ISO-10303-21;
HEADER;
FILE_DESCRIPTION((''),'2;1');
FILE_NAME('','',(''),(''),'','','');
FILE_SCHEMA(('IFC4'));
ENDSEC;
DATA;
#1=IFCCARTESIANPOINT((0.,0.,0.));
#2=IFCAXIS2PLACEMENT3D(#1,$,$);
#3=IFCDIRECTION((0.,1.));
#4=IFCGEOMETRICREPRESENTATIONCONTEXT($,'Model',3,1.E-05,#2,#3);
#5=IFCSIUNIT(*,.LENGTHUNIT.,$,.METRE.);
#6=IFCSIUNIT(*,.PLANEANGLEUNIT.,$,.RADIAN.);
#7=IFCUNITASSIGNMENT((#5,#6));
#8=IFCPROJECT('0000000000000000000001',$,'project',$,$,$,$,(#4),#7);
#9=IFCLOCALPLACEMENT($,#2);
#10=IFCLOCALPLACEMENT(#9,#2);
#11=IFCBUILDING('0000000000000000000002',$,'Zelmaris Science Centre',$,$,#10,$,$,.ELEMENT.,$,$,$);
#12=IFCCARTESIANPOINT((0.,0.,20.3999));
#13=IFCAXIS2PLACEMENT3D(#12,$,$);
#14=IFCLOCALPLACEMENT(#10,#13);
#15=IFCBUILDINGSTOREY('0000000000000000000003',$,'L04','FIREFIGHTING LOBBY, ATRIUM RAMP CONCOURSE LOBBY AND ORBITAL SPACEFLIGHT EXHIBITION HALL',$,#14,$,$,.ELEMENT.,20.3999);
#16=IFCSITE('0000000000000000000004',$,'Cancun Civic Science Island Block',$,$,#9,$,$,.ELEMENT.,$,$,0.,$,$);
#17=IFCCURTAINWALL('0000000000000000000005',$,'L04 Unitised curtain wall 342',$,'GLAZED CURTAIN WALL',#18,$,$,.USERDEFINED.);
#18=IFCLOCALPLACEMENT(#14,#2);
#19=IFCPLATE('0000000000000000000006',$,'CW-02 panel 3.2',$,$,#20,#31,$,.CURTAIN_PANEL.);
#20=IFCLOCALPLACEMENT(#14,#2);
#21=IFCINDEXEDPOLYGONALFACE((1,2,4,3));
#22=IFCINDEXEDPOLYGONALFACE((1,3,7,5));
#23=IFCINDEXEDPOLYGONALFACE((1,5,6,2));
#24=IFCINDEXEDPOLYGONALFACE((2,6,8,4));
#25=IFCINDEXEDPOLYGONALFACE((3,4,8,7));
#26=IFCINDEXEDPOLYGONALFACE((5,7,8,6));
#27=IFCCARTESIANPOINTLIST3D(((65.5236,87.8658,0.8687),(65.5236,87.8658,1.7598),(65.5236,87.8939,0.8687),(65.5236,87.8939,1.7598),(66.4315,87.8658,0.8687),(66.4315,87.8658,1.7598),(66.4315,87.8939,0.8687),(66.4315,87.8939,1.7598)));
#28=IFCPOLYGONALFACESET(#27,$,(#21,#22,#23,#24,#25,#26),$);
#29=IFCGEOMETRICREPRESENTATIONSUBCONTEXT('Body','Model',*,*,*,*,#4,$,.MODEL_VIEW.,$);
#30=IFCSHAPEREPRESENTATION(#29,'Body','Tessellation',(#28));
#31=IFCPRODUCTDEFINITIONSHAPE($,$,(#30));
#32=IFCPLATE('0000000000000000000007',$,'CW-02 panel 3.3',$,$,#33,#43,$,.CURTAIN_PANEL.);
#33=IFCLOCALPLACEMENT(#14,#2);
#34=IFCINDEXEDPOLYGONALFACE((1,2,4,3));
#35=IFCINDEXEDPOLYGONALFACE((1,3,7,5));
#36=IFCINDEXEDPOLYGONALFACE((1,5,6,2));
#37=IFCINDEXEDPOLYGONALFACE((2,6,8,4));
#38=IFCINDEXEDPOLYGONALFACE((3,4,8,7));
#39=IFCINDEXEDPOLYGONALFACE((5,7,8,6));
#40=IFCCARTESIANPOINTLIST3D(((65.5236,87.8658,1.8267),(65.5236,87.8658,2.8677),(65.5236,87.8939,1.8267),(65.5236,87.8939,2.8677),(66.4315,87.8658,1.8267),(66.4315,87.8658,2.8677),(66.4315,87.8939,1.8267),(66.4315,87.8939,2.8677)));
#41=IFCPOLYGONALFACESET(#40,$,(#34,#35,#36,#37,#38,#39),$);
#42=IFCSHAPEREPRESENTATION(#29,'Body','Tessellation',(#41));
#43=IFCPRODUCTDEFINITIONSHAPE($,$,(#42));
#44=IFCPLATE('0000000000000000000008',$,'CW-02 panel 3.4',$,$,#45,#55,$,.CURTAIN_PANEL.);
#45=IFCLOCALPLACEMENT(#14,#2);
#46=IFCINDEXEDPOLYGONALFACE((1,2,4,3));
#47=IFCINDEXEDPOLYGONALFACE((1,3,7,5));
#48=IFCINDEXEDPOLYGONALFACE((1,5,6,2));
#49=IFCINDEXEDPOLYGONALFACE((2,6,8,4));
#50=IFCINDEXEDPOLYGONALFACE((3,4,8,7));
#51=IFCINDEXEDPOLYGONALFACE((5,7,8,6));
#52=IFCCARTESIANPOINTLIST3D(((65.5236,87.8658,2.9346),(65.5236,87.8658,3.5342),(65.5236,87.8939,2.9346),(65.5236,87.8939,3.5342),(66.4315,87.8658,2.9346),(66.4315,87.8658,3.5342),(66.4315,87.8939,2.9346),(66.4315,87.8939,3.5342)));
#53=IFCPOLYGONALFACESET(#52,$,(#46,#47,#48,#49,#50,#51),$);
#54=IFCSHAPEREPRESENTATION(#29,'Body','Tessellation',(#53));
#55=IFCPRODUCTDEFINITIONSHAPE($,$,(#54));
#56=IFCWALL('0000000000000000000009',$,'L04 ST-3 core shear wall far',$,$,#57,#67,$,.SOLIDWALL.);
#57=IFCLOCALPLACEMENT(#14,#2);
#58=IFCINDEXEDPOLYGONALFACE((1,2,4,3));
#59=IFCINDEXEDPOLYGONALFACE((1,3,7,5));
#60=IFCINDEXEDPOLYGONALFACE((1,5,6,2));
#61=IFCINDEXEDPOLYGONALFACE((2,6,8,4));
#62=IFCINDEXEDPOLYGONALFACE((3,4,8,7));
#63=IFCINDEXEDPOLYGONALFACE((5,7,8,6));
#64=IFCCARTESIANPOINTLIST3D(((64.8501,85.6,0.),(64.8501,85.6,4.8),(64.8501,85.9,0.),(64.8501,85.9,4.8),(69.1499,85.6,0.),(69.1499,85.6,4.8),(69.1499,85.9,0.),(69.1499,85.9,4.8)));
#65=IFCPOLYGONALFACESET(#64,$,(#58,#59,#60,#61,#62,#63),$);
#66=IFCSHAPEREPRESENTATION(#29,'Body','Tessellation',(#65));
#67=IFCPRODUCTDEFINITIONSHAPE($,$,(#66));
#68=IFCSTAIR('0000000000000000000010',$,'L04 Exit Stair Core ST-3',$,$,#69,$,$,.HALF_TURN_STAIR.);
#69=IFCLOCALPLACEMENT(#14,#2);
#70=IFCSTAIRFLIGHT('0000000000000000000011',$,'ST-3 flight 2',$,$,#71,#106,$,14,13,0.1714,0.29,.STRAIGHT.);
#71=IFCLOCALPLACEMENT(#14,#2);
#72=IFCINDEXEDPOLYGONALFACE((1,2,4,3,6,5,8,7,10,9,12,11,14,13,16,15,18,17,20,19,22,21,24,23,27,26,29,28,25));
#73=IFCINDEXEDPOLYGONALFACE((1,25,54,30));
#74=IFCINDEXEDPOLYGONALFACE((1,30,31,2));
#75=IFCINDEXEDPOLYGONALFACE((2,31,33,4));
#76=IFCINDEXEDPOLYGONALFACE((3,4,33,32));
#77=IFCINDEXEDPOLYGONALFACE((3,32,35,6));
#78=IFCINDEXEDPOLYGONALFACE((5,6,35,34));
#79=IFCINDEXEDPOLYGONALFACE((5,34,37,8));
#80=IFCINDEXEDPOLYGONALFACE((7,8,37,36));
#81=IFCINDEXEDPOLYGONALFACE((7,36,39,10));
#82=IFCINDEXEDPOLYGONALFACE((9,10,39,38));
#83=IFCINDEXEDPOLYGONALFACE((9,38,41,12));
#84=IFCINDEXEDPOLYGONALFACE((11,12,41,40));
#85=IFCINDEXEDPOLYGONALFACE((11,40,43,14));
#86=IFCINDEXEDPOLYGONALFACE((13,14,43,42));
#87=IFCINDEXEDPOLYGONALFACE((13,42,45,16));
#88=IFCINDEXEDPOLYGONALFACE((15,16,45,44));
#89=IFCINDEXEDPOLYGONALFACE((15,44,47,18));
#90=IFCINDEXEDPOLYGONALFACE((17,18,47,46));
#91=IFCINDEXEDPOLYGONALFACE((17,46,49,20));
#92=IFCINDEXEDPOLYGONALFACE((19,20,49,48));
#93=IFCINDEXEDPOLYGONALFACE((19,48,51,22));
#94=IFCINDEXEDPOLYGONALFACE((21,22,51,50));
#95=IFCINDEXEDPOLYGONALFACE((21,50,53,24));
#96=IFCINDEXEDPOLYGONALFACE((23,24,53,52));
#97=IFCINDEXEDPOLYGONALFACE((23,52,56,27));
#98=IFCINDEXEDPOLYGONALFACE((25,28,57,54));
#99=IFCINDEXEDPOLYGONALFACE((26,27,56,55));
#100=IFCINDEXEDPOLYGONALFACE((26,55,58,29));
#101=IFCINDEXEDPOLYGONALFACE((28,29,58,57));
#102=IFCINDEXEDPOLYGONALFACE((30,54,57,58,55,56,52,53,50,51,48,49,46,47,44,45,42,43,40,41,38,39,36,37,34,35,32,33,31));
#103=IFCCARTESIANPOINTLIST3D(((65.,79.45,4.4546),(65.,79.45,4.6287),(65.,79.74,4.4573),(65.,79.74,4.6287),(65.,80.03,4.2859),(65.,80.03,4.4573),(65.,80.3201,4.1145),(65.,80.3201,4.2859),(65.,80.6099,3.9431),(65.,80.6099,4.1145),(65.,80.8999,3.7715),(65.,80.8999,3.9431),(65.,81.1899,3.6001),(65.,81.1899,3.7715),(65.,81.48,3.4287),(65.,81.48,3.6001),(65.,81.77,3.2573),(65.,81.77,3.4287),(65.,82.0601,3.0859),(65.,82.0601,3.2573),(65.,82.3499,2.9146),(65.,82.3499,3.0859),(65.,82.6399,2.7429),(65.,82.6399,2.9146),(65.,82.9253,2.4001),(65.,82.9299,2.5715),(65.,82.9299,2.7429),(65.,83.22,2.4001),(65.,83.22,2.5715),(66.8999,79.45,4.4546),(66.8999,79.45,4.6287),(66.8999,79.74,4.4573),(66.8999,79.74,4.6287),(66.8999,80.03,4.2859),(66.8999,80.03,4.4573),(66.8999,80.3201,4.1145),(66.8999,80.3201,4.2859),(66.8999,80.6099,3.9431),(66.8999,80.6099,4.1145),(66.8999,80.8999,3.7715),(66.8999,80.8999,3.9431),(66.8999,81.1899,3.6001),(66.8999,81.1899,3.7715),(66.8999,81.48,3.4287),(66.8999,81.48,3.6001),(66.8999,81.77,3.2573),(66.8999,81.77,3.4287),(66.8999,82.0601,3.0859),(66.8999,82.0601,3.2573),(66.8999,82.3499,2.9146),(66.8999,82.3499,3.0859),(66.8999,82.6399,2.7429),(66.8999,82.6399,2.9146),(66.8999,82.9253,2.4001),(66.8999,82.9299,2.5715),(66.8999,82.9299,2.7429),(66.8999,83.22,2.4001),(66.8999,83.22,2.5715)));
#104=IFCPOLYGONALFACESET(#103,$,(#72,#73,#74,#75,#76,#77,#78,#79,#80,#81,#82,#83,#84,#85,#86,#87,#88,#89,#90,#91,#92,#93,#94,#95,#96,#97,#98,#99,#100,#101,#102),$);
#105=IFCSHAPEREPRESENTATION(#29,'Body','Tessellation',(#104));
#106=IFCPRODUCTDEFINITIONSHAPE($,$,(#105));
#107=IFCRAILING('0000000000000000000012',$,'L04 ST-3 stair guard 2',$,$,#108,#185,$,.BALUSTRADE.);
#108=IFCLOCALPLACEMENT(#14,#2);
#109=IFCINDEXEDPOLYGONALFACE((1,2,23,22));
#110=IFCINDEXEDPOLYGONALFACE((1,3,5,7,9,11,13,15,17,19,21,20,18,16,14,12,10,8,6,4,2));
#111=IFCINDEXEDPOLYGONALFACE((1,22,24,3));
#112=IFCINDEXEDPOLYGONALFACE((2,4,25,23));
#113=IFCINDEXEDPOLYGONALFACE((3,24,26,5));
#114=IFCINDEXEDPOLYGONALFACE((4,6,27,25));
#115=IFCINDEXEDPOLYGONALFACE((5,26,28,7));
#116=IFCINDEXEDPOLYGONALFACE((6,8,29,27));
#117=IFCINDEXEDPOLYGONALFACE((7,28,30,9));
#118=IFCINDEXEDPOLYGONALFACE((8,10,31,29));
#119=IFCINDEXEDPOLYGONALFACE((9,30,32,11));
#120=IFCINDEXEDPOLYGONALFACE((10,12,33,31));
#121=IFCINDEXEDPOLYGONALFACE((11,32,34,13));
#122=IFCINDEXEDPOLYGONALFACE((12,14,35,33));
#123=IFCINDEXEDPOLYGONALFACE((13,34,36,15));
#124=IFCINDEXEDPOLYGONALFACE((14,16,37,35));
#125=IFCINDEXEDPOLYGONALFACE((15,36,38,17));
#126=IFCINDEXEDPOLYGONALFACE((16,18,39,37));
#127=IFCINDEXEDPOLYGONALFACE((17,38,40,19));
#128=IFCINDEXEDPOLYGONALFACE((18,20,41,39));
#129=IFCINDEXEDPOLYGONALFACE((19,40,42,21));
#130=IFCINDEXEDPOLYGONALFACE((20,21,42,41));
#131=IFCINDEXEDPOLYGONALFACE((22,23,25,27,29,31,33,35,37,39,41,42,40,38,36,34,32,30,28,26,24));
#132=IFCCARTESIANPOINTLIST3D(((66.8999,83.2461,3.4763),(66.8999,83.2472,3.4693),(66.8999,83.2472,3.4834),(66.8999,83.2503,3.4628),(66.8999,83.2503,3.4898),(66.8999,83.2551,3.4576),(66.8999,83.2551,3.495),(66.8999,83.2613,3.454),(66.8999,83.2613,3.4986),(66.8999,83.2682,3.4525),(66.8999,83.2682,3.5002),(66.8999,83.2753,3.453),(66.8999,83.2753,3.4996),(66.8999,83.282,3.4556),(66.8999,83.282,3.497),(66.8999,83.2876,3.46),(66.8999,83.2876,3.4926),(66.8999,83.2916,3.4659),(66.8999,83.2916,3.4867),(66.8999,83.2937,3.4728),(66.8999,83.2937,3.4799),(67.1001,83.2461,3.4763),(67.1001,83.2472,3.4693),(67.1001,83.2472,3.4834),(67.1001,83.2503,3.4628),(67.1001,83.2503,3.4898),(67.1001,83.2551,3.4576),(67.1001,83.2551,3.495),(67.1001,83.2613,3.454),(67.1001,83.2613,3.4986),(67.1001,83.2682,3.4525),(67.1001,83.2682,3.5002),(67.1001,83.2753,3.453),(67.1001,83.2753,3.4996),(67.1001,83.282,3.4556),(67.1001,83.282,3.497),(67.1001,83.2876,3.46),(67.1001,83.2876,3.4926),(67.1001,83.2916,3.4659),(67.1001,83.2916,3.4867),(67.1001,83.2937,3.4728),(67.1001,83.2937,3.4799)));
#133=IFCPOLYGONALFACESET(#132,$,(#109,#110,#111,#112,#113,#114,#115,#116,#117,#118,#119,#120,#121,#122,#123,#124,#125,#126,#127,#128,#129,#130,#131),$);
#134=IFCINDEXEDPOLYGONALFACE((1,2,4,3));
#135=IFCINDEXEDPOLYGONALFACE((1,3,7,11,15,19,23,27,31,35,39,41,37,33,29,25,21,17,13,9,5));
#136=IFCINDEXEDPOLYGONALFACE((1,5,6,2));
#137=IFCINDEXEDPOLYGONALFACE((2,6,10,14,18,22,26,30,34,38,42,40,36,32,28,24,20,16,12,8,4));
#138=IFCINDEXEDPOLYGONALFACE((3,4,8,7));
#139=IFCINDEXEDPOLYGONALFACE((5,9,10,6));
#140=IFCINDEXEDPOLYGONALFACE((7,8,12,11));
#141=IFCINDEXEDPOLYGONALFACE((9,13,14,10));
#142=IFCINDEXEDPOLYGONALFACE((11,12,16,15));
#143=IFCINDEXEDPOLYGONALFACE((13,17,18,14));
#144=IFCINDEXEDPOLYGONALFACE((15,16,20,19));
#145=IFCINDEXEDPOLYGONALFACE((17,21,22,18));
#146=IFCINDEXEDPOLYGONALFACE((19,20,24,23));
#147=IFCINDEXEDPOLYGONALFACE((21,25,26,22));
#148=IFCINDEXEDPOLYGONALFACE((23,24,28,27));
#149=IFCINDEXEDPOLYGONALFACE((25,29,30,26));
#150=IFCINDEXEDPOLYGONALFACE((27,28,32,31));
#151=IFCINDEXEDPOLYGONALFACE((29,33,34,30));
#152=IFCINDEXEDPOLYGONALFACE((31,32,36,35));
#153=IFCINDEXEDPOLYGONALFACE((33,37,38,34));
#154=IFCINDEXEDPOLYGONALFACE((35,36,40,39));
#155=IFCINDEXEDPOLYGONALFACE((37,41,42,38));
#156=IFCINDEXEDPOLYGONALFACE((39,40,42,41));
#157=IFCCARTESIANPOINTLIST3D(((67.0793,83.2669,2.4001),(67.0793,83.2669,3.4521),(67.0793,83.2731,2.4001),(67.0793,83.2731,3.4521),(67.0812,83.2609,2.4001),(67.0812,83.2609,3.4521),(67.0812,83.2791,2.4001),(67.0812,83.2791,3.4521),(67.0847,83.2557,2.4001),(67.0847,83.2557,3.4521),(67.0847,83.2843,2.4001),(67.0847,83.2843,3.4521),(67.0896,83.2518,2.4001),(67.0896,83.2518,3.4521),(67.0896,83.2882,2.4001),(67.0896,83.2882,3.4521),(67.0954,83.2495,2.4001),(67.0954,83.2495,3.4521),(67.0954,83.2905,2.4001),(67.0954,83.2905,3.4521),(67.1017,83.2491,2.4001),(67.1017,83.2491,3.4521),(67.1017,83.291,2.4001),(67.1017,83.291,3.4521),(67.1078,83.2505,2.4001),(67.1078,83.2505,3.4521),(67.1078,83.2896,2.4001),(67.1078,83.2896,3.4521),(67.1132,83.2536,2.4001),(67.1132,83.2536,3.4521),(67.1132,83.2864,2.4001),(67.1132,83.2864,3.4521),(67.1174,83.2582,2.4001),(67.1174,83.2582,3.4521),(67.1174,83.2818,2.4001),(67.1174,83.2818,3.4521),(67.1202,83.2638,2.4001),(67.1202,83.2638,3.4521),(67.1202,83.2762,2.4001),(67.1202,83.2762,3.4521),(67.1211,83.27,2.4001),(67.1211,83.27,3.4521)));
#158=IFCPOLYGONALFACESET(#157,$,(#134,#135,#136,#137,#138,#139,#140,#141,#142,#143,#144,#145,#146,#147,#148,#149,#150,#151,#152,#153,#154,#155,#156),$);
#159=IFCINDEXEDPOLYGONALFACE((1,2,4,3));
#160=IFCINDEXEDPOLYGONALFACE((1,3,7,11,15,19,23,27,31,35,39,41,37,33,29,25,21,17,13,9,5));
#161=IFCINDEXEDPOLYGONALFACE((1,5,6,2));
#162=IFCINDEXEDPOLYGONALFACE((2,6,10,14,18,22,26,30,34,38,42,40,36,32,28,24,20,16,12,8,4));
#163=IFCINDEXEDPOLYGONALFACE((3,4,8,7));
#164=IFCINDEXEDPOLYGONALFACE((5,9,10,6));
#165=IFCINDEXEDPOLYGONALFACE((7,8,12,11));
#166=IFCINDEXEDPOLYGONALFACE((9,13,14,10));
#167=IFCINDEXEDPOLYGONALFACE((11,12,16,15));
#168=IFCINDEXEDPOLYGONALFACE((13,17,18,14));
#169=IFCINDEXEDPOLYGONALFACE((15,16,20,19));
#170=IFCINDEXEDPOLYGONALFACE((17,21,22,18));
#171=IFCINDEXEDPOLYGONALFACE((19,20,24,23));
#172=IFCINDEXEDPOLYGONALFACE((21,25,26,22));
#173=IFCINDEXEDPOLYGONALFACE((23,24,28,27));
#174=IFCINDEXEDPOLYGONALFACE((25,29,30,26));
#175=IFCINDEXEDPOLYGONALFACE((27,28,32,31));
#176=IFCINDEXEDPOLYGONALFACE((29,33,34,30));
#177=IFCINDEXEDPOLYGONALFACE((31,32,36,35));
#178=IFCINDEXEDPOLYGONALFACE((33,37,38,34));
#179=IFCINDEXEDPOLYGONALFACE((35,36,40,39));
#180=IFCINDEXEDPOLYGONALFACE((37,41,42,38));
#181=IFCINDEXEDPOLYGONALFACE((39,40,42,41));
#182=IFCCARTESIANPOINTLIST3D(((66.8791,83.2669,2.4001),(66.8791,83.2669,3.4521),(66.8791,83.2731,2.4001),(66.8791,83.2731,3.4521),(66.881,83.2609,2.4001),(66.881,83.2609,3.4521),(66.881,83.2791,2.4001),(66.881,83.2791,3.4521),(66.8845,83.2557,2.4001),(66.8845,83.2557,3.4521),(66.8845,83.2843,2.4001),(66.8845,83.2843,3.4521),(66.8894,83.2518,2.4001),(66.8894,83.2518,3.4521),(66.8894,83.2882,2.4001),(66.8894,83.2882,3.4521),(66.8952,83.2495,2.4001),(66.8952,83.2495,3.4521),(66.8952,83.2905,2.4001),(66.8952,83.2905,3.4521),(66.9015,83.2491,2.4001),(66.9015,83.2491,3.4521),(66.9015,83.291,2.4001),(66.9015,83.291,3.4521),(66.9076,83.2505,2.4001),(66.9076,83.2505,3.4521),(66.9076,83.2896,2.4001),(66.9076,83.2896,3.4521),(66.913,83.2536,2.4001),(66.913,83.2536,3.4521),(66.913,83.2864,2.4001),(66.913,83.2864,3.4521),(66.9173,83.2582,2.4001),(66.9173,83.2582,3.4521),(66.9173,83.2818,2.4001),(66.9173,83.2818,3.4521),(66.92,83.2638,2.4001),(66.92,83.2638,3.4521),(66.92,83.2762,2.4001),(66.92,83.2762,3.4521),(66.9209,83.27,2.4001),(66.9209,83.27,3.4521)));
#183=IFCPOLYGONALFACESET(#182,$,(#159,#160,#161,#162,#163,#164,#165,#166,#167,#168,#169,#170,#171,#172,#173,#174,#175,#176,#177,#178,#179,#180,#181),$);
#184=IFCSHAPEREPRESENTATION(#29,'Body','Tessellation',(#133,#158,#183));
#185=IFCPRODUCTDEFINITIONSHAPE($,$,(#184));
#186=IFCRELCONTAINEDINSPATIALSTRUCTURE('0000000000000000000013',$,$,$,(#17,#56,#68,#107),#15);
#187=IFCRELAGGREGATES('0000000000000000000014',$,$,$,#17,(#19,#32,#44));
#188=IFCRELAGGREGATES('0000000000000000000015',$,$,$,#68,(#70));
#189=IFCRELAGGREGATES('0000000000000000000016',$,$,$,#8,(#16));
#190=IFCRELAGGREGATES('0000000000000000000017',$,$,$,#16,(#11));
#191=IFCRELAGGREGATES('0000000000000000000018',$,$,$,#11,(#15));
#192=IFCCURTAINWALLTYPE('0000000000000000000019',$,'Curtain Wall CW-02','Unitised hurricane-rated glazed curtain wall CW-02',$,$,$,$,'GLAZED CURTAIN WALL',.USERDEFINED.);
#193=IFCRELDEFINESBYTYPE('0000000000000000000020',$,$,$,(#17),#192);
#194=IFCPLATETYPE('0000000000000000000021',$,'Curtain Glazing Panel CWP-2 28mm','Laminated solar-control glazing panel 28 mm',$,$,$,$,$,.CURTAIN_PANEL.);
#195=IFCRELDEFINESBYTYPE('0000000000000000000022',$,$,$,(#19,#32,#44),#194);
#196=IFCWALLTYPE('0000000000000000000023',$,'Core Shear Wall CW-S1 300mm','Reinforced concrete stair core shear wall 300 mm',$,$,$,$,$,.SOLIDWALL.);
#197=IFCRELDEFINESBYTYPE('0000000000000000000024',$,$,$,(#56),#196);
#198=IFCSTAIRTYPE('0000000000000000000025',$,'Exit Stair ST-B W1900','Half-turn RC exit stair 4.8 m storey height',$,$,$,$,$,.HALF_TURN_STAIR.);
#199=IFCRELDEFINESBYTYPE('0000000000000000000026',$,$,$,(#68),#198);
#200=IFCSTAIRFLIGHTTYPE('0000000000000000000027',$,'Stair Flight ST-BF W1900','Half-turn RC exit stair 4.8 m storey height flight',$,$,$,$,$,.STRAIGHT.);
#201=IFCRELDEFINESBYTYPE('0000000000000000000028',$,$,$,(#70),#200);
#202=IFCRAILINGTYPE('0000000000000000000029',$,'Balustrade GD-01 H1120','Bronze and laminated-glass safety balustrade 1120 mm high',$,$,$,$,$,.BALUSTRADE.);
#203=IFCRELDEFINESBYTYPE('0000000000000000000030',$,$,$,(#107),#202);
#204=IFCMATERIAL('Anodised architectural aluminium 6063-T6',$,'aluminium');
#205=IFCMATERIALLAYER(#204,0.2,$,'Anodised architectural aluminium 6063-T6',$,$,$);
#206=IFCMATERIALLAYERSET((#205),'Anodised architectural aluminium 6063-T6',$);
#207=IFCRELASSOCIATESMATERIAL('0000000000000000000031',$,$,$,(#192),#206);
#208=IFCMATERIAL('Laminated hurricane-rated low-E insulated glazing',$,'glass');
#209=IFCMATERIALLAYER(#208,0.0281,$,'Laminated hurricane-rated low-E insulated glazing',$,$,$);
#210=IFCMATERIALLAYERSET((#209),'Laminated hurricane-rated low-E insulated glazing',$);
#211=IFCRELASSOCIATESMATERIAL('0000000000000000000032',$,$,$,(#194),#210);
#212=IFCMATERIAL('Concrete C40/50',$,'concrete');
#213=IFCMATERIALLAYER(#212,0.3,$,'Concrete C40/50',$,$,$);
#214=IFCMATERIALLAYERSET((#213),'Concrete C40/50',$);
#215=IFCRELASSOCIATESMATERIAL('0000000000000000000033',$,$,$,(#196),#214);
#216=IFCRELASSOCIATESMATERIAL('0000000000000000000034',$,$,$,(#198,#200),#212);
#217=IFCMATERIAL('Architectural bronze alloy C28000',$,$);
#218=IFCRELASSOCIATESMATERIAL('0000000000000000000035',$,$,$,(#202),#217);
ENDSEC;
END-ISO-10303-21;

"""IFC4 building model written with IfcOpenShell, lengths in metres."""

from ifc_helpers import new_model, si_unit, direction, frame, frame_2d, origin, origin_2d, place, context, subcontext, project, spatial, polyline, rectangle, circle, outline, extrude, material, layer, layer_set, type_object, element, aggregate, save


model = new_model("IFC4")

# Units and contexts
model_context = context("Model", 3, precision=1e-05, world=origin(), true_north=direction((0.0, 1.0)))
body_context = subcontext(model_context, "Body", "Model", "MODEL_VIEW")
ifc_project = project(units=[si_unit("LENGTHUNIT", "METRE"), si_unit("PLANEANGLEUNIT", "RADIAN")], contexts=[model_context])

# Site, building, storey
site_placement = place(None, origin())
site = spatial("IfcSite", under=ifc_project, at=site_placement, Name="Cancun Civic Science Island Block", CompositionType="ELEMENT", RefElevation=0.0)
building_placement = place(site_placement, origin())
building = spatial("IfcBuilding", under=site, at=building_placement, Name="Zelmaris Science Centre", CompositionType="ELEMENT")
storey_placement = place(building_placement, frame((0.0, 0.0, 20.3999)))
storey = spatial("IfcBuildingStorey", under=building, at=storey_placement, Name="L04", Description="FIREFIGHTING LOBBY, ATRIUM RAMP CONCOURSE LOBBY AND ORBITAL SPACEFLIGHT EXHIBITION HALL", CompositionType="ELEMENT", Elevation=20.3999)

# Curtain wall
ifc_material_1 = material(Name="Anodised architectural aluminium 6063-T6", Category="aluminium")
ifc_layer_1 = layer(ifc_material_1, 0.2, Name="Anodised architectural aluminium 6063-T6")
ifc_layer_set_1 = layer_set([ifc_layer_1], Name="Anodised architectural aluminium 6063-T6")
curtain_wall_type_1 = type_object("IfcCurtainWallType", Name="Curtain Wall CW-02", Description="Unitised hurricane-rated glazed curtain wall CW-02", ElementType="GLAZED CURTAIN WALL", PredefinedType="USERDEFINED", material=ifc_layer_set_1)
curtain_wall_1_placement = place(storey_placement, origin())
curtain_wall_1 = element("IfcCurtainWall", 1, at=curtain_wall_1_placement, inside=storey, type_object=curtain_wall_type_1, Name="L04 Unitised curtain wall 342", ObjectType="GLAZED CURTAIN WALL", PredefinedType="USERDEFINED")

# Plates
ifc_material_2 = material(Name="Laminated hurricane-rated low-E insulated glazing", Category="glass")
ifc_layer_2 = layer(ifc_material_2, 0.0281, Name="Laminated hurricane-rated low-E insulated glazing")
ifc_layer_set_2 = layer_set([ifc_layer_2], Name="Laminated hurricane-rated low-E insulated glazing")
plate_type = type_object("IfcPlateType", Name="Curtain Glazing Panel CWP-2 28mm", Description="Laminated solar-control glazing panel 28 mm", PredefinedType="CURTAIN_PANEL", material=ifc_layer_set_2)
plate_1_placement = place(storey_placement, frame((65.9775, 87.8799, 0.8687), z_axis=(0.0, 0.0, 1.0), x_axis=(1.0, 0.0, 0.0)))
plate_1 = element("IfcPlate", 2, at=plate_1_placement, type_object=plate_type, Name="CW-02 panel 3.2", PredefinedType="CURTAIN_PANEL", context=body_context, shape_type="SweptSolid", body=[
    extrude(rectangle(XDim=0.908, YDim=0.0281, at=origin_2d()), origin(), (0.0, 0.0, 1.0), 0.8911),
])
plate_2_placement = place(storey_placement, frame((65.9775, 87.8799, 1.8267), z_axis=(0.0, 0.0, 1.0), x_axis=(1.0, 0.0, 0.0)))
plate_2 = element("IfcPlate", 3, at=plate_2_placement, type_object=plate_type, Name="CW-02 panel 3.3", PredefinedType="CURTAIN_PANEL", context=body_context, shape_type="SweptSolid", body=[
    extrude(rectangle(XDim=0.908, YDim=0.0281, at=origin_2d()), origin(), (0.0, 0.0, 1.0), 1.041),
])
plate_3_placement = place(storey_placement, frame((65.9775, 87.8799, 2.9346), z_axis=(0.0, 0.0, 1.0), x_axis=(1.0, 0.0, 0.0)))
plate_3 = element("IfcPlate", 4, at=plate_3_placement, type_object=plate_type, Name="CW-02 panel 3.4", PredefinedType="CURTAIN_PANEL", context=body_context, shape_type="SweptSolid", body=[
    extrude(rectangle(XDim=0.908, YDim=0.0281, at=origin_2d()), origin(), (0.0, 0.0, 1.0), 0.5996),
])
aggregate(curtain_wall_1, [plate_1, plate_2, plate_3])

# Wall
ifc_material_3 = material(Name="Concrete C40/50", Category="concrete")
ifc_layer_3 = layer(ifc_material_3, 0.3, Name="Concrete C40/50")
ifc_layer_set_3 = layer_set([ifc_layer_3], Name="Concrete C40/50")
wall_type = type_object("IfcWallType", Name="Core Shear Wall CW-S1 300mm", Description="Reinforced concrete stair core shear wall 300 mm", PredefinedType="SOLIDWALL", material=ifc_layer_set_3)
wall_placement = place(storey_placement, frame((69.1499, 85.75, 0.0), z_axis=(0.0, 0.0, 1.0), x_axis=(-1.0, 0.0, 0.0)))
element("IfcWall", 5, at=wall_placement, inside=storey, type_object=wall_type, Name="L04 ST-3 core shear wall far", PredefinedType="SOLIDWALL", context=body_context, shape_type="SweptSolid", body=[
    extrude(rectangle(XDim=4.2998, YDim=0.3, at=frame_2d((2.1499, 0.0))), origin(), (0.0, 0.0, 1.0), 4.8),
])

# Stair, stair flight
stair_type = type_object("IfcStairType", Name="Exit Stair ST-B W1900", Description="Half-turn RC exit stair 4.8 m storey height", PredefinedType="HALF_TURN_STAIR", material=ifc_material_3)
stair_placement = place(storey_placement, origin())
stair = element("IfcStair", 6, at=stair_placement, inside=storey, type_object=stair_type, Name="L04 Exit Stair Core ST-3", PredefinedType="HALF_TURN_STAIR")
stair_flight_type = type_object("IfcStairFlightType", Name="Stair Flight ST-BF W1900", Description="Half-turn RC exit stair 4.8 m storey height flight", PredefinedType="STRAIGHT", material=ifc_material_3)
stair_flight_placement = place(storey_placement, frame((65.95, 83.22, 2.4001), z_axis=(0.0, 0.0, 1.0), x_axis=(0.0, -1.0, 0.0)))
stair_flight = element("IfcStairFlight", 7, at=stair_flight_placement, type_object=stair_flight_type, Name="ST-3 flight 2", NumberOfRisers=14, NumberOfTreads=13, PredefinedType="STRAIGHT", RiserHeight=0.1714, TreadLength=0.29, context=body_context, shape_type="SweptSolid", body=[
    extrude(outline(polyline([(0.0, 0.0), (0.0, 0.1714), (0.29, 0.1714), (0.29, 0.3428), (0.5801, 0.3428), (0.5801, 0.5144), (0.8701, 0.5144), (0.8701, 0.6858), (1.1599, 0.6858), (1.1599, 0.8572), (1.45, 0.8572), (1.45, 1.0286), (1.74, 1.0286), (1.74, 1.2), (2.03, 1.2), (2.03, 1.3713), (2.3201, 1.3713), (2.3201, 1.543), (2.6101, 1.543), (2.6101, 1.7144), (2.8999, 1.7144), (2.8999, 1.8857), (3.1899, 1.8857), (3.1899, 2.0571), (3.48, 2.0571), (3.48, 2.2285), (3.77, 2.2285), (3.77, 2.3999), (3.77, 2.0544), (0.2947, 0.0), (0.0, 0.0)])), frame((0.0, 0.95, 0.0), z_axis=(0.0, -1.0, 0.0), x_axis=(1.0, 0.0, 0.0)), (0.0, 0.0, 1.0), 1.8999),
])
aggregate(stair, [stair_flight])

# Railing
ifc_material_4 = material(Name="Architectural bronze alloy C28000")
railing_type = type_object("IfcRailingType", Name="Balustrade GD-01 H1120", Description="Bronze and laminated-glass safety balustrade 1120 mm high", PredefinedType="BALUSTRADE", material=ifc_material_4)
railing_1_placement = place(storey_placement, frame((67.1001, 83.27, 2.4001)))
element("IfcRailing", 8, at=railing_1_placement, inside=storey, type_object=railing_type, Name="L04 ST-3 stair guard 2", PredefinedType="BALUSTRADE", context=body_context, shape_type="SweptSolid", body=[
    extrude(circle(Radius=0.0239, at=origin_2d()), frame((0.0, 0.0, 1.0762), z_axis=(-1.0, 0.0, 0.0), x_axis=(0.0, -1.0, 0.0)), (0.0, 0.0, 1.0), 0.2002),
    extrude(circle(Radius=0.021, at=origin_2d()), origin(), (0.0, 0.0, 1.0), 1.052),
    extrude(circle(Radius=0.021, at=origin_2d()), frame((-0.2002, 0.0, 0.0)), (0.0, 0.0, 1.0), 1.052),
])

save(model, "model.ifc")
